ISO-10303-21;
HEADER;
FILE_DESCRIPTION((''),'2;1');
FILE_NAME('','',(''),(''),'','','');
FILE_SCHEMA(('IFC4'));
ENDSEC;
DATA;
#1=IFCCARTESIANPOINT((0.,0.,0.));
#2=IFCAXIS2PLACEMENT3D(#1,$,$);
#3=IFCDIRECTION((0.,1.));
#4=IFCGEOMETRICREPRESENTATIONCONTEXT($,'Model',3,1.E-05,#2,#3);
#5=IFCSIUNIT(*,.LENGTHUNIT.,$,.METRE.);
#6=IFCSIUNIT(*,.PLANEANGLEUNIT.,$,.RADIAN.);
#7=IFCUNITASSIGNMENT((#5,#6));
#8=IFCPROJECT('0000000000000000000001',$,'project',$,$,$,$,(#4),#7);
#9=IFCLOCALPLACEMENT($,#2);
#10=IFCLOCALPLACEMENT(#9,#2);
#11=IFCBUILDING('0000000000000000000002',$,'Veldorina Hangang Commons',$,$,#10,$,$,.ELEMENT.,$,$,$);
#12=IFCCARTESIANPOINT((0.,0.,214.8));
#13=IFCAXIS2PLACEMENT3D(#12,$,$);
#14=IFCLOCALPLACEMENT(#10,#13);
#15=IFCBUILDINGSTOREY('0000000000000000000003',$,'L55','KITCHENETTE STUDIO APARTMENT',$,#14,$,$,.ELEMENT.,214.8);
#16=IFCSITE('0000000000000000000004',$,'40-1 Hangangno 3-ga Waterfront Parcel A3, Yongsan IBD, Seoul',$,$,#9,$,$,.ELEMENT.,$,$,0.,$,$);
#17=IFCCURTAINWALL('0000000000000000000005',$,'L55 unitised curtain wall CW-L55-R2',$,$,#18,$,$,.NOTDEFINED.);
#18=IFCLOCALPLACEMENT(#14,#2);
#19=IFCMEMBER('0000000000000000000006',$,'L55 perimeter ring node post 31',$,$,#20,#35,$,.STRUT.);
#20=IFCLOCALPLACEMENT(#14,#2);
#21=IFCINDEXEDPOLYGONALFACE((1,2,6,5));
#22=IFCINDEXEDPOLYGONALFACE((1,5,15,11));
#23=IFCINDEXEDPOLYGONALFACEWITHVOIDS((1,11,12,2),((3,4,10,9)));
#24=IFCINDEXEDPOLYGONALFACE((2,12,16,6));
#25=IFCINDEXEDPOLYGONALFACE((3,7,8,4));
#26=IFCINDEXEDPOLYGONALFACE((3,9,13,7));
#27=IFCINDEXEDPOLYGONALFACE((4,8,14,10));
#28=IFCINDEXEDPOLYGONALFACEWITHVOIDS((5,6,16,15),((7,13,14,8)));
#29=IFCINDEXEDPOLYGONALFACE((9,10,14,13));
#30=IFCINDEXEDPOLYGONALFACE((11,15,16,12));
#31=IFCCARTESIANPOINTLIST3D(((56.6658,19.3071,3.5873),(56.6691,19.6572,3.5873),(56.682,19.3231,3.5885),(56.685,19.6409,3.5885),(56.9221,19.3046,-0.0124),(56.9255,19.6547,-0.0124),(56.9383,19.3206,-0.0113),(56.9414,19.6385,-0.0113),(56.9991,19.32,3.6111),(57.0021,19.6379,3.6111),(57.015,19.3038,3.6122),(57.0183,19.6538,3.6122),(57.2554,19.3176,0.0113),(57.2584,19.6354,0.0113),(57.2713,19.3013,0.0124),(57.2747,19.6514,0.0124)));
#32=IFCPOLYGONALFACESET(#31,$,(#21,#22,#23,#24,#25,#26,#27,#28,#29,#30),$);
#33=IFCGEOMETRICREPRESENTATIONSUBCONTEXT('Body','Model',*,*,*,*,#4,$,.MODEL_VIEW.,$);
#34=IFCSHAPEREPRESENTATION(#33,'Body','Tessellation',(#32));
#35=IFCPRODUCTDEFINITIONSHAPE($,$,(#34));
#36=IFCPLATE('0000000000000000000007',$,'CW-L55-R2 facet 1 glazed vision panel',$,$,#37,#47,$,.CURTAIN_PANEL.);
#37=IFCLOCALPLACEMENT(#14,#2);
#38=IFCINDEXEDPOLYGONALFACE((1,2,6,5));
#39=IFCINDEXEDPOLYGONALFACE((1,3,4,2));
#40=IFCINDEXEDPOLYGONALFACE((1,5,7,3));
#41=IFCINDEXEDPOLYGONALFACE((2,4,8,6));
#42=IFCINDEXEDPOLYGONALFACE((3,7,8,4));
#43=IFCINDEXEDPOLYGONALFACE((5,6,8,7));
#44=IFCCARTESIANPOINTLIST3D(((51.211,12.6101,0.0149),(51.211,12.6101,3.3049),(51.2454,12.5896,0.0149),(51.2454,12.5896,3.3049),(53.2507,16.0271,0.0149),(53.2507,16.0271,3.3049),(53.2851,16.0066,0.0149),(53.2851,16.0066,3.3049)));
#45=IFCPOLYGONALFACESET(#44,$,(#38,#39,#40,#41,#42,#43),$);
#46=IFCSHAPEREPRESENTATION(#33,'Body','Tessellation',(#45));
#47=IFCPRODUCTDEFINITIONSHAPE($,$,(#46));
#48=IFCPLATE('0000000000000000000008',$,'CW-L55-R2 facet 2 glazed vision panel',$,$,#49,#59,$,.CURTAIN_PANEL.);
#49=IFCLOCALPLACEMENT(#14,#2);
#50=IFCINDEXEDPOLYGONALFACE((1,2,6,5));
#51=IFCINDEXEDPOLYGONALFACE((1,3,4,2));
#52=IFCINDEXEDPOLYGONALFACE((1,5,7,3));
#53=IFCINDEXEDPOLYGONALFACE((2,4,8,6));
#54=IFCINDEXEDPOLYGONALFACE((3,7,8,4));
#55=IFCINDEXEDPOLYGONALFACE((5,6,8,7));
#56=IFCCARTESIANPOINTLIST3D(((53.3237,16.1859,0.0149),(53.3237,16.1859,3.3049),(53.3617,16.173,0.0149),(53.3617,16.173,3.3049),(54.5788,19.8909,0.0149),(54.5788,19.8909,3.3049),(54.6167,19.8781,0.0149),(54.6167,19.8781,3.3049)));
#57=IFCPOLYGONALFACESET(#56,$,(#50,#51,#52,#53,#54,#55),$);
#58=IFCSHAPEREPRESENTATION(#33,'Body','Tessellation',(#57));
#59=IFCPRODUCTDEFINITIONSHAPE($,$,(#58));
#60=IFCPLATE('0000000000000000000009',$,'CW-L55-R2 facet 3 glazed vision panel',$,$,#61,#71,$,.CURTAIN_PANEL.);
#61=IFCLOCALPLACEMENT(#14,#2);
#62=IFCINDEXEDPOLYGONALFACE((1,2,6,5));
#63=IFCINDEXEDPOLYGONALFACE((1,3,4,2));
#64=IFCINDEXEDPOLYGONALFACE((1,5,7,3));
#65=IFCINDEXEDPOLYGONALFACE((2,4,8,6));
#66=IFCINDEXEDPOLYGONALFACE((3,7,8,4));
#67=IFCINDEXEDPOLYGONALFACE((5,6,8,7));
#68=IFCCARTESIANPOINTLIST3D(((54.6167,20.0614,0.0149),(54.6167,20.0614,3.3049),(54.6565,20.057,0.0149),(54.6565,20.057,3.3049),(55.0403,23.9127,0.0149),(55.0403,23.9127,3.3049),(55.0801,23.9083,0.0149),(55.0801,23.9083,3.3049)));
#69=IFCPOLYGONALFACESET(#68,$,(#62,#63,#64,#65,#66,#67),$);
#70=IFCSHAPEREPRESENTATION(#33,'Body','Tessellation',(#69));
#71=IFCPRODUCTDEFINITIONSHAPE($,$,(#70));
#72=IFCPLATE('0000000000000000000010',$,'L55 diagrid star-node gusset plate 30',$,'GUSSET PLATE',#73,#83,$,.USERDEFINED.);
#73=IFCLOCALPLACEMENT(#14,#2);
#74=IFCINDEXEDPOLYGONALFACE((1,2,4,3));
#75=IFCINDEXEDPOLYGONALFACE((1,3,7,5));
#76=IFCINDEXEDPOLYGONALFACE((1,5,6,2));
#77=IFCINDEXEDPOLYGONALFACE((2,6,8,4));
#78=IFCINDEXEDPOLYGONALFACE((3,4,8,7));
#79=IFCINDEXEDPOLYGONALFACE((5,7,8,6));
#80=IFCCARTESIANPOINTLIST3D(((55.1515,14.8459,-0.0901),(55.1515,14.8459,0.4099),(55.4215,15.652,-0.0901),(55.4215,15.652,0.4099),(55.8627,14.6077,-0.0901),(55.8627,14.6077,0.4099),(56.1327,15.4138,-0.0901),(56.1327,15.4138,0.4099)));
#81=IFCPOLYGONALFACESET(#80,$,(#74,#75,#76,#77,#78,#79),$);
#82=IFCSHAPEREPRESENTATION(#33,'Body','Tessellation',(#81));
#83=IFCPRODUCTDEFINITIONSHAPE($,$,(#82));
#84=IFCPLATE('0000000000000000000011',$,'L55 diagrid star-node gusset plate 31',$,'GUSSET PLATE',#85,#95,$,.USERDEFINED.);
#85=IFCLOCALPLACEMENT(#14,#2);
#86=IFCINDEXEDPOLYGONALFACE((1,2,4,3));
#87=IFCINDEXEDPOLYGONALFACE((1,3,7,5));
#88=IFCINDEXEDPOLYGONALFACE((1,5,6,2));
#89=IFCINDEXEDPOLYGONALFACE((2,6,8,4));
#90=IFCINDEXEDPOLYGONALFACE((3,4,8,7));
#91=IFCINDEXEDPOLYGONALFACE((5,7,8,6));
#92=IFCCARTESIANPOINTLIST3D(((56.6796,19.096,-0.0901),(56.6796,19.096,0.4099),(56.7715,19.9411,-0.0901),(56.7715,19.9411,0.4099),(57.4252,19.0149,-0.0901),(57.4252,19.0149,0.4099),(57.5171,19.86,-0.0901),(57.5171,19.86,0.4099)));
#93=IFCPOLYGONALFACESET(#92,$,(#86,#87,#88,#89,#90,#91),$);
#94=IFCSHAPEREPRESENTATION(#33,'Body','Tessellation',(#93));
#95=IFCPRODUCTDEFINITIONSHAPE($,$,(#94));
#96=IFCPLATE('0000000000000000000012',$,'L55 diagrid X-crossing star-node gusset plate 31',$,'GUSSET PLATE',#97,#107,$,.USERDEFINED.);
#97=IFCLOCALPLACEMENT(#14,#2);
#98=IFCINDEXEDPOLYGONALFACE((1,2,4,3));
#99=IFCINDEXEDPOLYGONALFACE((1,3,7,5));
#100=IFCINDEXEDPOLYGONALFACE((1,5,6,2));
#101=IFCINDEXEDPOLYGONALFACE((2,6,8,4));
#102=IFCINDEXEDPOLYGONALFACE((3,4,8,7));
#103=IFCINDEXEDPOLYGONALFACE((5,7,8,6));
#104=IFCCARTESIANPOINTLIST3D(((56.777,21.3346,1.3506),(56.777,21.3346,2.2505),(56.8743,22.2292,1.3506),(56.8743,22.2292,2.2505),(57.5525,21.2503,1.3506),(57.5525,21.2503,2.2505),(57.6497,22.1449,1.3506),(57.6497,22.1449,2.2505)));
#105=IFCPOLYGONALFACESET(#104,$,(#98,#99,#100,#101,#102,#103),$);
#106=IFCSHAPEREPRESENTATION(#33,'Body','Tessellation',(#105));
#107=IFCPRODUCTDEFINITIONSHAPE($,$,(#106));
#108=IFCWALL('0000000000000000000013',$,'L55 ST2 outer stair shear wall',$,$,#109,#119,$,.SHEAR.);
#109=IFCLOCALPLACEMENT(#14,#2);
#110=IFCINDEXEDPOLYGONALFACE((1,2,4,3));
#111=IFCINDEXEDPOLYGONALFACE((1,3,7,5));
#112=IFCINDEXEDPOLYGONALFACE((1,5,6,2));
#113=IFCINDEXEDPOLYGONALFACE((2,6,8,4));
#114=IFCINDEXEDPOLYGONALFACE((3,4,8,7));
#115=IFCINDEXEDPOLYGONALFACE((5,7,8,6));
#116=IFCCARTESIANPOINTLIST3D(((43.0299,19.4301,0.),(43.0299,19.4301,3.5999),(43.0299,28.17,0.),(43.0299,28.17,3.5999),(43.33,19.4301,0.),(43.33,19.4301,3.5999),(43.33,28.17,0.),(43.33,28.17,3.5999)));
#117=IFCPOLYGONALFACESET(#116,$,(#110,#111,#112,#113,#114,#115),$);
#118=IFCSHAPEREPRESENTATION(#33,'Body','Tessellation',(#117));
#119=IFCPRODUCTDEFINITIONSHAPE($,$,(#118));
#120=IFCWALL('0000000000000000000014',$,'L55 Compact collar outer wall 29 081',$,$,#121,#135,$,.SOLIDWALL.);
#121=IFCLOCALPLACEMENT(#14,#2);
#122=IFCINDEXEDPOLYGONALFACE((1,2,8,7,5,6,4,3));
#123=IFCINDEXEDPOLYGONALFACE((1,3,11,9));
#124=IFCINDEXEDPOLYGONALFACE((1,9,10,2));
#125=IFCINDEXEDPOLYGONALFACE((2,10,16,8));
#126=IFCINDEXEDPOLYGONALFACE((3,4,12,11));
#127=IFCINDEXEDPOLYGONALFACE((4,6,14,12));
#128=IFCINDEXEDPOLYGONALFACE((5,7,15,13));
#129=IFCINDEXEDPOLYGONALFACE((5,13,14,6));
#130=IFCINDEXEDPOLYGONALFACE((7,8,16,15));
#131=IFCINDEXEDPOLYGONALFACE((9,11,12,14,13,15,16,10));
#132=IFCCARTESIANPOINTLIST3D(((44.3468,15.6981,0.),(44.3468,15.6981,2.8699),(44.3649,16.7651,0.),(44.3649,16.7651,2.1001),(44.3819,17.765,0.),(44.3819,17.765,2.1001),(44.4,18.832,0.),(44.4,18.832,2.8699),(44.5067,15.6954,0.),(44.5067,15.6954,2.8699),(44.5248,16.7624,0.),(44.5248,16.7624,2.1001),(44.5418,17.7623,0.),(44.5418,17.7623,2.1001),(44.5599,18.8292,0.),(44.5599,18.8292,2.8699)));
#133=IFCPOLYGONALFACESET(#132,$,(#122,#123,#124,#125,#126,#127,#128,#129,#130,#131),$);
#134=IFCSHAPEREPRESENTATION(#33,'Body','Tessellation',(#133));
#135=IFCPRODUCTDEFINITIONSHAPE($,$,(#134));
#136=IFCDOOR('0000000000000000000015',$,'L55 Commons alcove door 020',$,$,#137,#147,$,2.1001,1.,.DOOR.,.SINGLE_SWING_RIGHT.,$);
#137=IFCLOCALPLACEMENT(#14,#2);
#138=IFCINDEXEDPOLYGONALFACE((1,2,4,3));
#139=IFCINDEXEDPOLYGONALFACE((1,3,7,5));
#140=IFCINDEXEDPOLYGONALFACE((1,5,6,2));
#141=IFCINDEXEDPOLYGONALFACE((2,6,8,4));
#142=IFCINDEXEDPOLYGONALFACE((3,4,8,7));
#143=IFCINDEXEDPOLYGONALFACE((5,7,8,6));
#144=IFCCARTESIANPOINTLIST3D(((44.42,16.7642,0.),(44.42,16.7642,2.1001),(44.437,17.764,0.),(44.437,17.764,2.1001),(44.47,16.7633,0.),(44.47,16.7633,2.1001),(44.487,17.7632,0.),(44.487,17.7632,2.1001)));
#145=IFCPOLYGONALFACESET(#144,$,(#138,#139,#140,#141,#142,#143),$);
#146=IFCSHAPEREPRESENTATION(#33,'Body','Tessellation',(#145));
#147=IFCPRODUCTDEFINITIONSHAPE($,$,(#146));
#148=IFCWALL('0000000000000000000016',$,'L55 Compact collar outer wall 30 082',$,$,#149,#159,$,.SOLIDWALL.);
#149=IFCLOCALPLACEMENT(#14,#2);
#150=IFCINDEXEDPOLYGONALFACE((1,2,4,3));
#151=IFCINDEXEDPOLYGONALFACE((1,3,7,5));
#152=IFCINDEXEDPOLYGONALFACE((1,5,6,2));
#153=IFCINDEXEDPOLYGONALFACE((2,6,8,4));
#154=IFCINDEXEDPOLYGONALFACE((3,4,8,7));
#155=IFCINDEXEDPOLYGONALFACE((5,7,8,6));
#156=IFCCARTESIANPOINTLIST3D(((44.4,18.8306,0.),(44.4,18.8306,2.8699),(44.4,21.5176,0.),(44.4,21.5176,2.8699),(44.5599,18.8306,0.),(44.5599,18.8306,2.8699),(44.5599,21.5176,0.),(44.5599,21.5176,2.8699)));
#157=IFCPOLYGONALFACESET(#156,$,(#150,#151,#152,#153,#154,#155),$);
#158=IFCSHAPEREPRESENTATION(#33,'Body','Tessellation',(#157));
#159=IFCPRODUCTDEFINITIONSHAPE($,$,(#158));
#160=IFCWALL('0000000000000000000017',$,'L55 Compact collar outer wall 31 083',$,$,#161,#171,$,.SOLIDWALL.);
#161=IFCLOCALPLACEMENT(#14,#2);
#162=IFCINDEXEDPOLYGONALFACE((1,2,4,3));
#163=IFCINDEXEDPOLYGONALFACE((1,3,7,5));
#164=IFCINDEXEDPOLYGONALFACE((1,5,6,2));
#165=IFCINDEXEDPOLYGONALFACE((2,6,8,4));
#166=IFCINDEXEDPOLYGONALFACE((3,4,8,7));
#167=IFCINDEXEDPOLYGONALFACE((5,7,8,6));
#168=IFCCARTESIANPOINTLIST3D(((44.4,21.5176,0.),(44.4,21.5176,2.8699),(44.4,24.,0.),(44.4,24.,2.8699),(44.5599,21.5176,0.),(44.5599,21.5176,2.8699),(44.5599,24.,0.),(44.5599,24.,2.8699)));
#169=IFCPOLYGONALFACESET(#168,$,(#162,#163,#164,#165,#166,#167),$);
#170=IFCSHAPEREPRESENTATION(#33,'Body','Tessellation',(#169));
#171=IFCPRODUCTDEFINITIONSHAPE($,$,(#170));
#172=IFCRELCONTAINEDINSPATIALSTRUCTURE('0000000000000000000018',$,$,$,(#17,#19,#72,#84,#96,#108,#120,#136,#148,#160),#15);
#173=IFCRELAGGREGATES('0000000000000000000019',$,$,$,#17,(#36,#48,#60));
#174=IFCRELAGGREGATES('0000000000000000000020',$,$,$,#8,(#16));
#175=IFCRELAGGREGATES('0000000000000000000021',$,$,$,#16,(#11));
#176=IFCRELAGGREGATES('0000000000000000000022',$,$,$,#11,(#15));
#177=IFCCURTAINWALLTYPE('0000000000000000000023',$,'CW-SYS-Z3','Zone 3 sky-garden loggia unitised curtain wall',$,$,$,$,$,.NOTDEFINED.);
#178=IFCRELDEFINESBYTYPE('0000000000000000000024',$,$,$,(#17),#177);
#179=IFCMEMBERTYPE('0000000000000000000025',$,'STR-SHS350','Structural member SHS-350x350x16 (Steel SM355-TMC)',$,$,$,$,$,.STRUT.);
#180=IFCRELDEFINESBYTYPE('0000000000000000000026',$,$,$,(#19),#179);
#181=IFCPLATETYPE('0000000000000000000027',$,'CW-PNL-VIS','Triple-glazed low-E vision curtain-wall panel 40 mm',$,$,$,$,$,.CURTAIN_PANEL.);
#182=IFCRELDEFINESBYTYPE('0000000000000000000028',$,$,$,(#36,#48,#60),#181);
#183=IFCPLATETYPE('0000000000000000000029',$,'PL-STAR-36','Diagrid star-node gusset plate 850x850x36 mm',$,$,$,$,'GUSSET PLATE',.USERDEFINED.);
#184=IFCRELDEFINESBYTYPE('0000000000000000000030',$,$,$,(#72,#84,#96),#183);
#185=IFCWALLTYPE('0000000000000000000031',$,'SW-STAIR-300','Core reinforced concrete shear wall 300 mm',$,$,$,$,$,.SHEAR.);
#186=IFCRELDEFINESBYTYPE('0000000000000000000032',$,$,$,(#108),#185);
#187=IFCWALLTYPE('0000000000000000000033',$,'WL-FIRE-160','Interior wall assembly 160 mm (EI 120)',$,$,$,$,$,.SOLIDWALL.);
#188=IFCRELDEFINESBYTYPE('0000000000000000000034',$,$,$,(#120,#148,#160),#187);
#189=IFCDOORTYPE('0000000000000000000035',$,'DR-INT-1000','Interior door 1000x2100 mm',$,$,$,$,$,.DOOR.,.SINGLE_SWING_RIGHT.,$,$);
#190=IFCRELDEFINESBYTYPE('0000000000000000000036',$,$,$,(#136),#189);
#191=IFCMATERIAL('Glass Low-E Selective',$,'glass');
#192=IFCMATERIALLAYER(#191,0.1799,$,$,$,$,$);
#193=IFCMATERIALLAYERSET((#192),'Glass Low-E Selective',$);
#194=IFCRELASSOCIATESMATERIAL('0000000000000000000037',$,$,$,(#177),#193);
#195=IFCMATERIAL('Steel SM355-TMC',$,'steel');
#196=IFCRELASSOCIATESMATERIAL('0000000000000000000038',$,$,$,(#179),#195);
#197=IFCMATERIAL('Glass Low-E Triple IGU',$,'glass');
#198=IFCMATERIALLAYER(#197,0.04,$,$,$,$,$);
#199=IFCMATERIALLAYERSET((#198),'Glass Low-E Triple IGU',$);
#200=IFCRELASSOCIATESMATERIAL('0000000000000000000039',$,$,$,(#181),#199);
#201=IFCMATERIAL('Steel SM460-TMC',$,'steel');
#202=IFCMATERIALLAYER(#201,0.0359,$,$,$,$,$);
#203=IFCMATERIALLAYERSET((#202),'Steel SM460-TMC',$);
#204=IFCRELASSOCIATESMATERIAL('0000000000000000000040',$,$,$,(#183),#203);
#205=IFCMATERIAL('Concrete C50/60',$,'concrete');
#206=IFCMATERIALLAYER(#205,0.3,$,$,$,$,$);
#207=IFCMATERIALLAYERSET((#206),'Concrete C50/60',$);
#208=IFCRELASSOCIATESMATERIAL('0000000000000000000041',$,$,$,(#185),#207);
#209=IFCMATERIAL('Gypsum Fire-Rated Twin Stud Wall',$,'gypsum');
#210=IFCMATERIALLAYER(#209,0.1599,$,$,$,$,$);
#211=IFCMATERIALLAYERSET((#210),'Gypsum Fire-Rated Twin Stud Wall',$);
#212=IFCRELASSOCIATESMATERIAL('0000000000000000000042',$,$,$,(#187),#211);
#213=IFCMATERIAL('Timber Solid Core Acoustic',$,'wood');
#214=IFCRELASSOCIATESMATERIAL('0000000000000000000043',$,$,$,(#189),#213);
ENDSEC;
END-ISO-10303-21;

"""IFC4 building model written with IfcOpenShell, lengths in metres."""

from ifc_helpers import new_model, si_unit, direction, frame, frame_2d, origin, origin_2d, place, context, subcontext, project, spatial, rectangle, hollow_rectangle, extrude, material, layer, layer_set, material_profile, profile_set, type_object, element, fill, aggregate, save


model = new_model("IFC4")

# Units and contexts
model_context = context("Model", 3, precision=1e-05, world=origin(), true_north=direction((0.0, 1.0)))
body_context = subcontext(model_context, "Body", "Model", "MODEL_VIEW")
ifc_project = project(units=[si_unit("LENGTHUNIT", "METRE"), si_unit("PLANEANGLEUNIT", "RADIAN")], contexts=[model_context])

# Site, building, storey
site_placement = place(None, origin())
site = spatial("IfcSite", under=ifc_project, at=site_placement, Name="40-1 Hangangno 3-ga Waterfront Parcel A3, Yongsan IBD, Seoul", CompositionType="ELEMENT", RefElevation=0.0)
building_placement = place(site_placement, origin())
building = spatial("IfcBuilding", under=site, at=building_placement, Name="Veldorina Hangang Commons", CompositionType="ELEMENT")
storey_placement = place(building_placement, frame((0.0, 0.0, 214.8)))
storey = spatial("IfcBuildingStorey", under=building, at=storey_placement, Name="L55", Description="KITCHENETTE STUDIO APARTMENT", CompositionType="ELEMENT", Elevation=214.8)

# Shared definitions
ifc_material_1 = material(Name="Steel SM355-TMC", Category="steel")

# Curtain wall
ifc_material_2 = material(Name="Glass Low-E Selective", Category="glass")
ifc_layer_1 = layer(ifc_material_2, 0.1799)
ifc_layer_set_1 = layer_set([ifc_layer_1], Name="Glass Low-E Selective")
curtain_wall_type = type_object("IfcCurtainWallType", Name="CW-SYS-Z3", Description="Zone 3 sky-garden loggia unitised curtain wall", PredefinedType="NOTDEFINED", material=ifc_layer_set_1)
curtain_wall_placement = place(storey_placement, origin())
curtain_wall = element("IfcCurtainWall", 1, at=curtain_wall_placement, inside=storey, type_object=curtain_wall_type, Name="L55 unitised curtain wall CW-L55-R2", PredefinedType="NOTDEFINED")

# Member
ifc_material_profile_1 = material_profile(ifc_material_1, hollow_rectangle(XDim=0.3501, YDim=0.3501, WallThickness=0.0161, at=origin_2d()), Name="SHS-350x350x16")
ifc_profile_set_1 = profile_set([ifc_material_profile_1], Name="Steel SM355-TMC")
member_type_1 = type_object("IfcMemberType", Name="STR-SHS350", Description="Structural member SHS-350x350x16 (Steel SM355-TMC)", PredefinedType="STRUT", material=ifc_profile_set_1)
member_1_placement = place(storey_placement, frame((57.0984, 19.478, 0.0), z_axis=(-0.071031, 0.000676, 0.997474), x_axis=(-0.009523, -0.999955, 0.0)))
element("IfcMember", 2, at=member_1_placement, inside=storey, type_object=member_type_1, Name="L55 perimeter ring node post 31", PredefinedType="STRUT", context=body_context, shape_type="SweptSolid", body=[
    extrude(hollow_rectangle(XDim=0.3501, YDim=0.3501, WallThickness=0.0161, at=origin_2d()), origin(), (0.0, 0.0, 1.0), 3.6089),
])

# Plates
ifc_material_3 = material(Name="Glass Low-E Triple IGU", Category="glass")
ifc_layer_2 = layer(ifc_material_3, 0.04)
ifc_layer_set_2 = layer_set([ifc_layer_2], Name="Glass Low-E Triple IGU")
plate_type_1 = type_object("IfcPlateType", Name="CW-PNL-VIS", Description="Triple-glazed low-E vision curtain-wall panel 40 mm", PredefinedType="CURTAIN_PANEL", material=ifc_layer_set_2)
plate_1_placement = place(storey_placement, frame((52.248, 14.3083, 0.0149), z_axis=(0.0, 0.0, 1.0), x_axis=(0.512538, 0.858665, 0.0)))
plate_1 = element("IfcPlate", 3, at=plate_1_placement, type_object=plate_type_1, Name="CW-L55-R2 facet 1 glazed vision panel", PredefinedType="CURTAIN_PANEL", context=body_context, shape_type="SweptSolid", body=[
    extrude(rectangle(XDim=3.9795, YDim=0.04, at=origin_2d()), origin(), (0.0, 0.0, 1.0), 3.29),
])
plate_2_placement = place(storey_placement, frame((53.9702, 18.032, 0.0149), z_axis=(0.0, 0.0, 1.0), x_axis=(0.320828, 0.947138, 0.0)))
plate_2 = element("IfcPlate", 4, at=plate_2_placement, type_object=plate_type_1, Name="CW-L55-R2 facet 2 glazed vision panel", PredefinedType="CURTAIN_PANEL", context=body_context, shape_type="SweptSolid", body=[
    extrude(rectangle(XDim=3.9119, YDim=0.04, at=origin_2d()), origin(), (0.0, 0.0, 1.0), 3.29),
])
plate_3_placement = place(storey_placement, frame((54.8484, 21.9849, 0.0149), z_axis=(0.0, 0.0, 1.0), x_axis=(0.109335, 0.994005, 0.0)))
plate_3 = element("IfcPlate", 5, at=plate_3_placement, type_object=plate_type_1, Name="CW-L55-R2 facet 3 glazed vision panel", PredefinedType="CURTAIN_PANEL", context=body_context, shape_type="SweptSolid", body=[
    extrude(rectangle(XDim=3.8745, YDim=0.04, at=origin_2d()), origin(), (0.0, 0.0, 1.0), 3.29),
])
aggregate(curtain_wall, [plate_1, plate_2, plate_3])

# Plates
ifc_material_4 = material(Name="Steel SM460-TMC", Category="steel")
ifc_layer_3 = layer(ifc_material_4, 0.0359)
ifc_layer_set_3 = layer_set([ifc_layer_3], Name="Steel SM460-TMC")
plate_type_2 = type_object("IfcPlateType", Name="PL-STAR-36", Description="Diagrid star-node gusset plate 850x850x36 mm", ElementType="GUSSET PLATE", PredefinedType="USERDEFINED", material=ifc_layer_set_3)
for number, where, z_axis, x_axis, name in (
    (6, (55.6421, 15.1299, -0.0901), (0.0, 0.0, 1.0), (0.317569, 0.948235, 0.0), "L55 diagrid star-node gusset plate 30"),
    (7, (57.0984, 19.478, -0.0901), (0.0, 0.0, 1.0), (0.108103, 0.99414, 0.0), "L55 diagrid star-node gusset plate 31"),
):
    element("IfcPlate", number, at=place(storey_placement, frame(where, z_axis=z_axis, x_axis=x_axis)), inside=storey, type_object=plate_type_2, Name=name, ObjectType="GUSSET PLATE", PredefinedType="USERDEFINED", context=body_context, shape_type="SweptSolid", body=[
        extrude(rectangle(XDim=0.8501, YDim=0.75, at=origin_2d()), origin(), (0.0, 0.0, 1.0), 0.5),
    ])
plate_4_placement = place(storey_placement, frame((57.2134, 21.7397, 1.3506), z_axis=(0.0, 0.0, 1.0), x_axis=(0.108103, 0.99414, 0.0)))
element("IfcPlate", 8, at=plate_4_placement, inside=storey, type_object=plate_type_2, Name="L55 diagrid X-crossing star-node gusset plate 31", ObjectType="GUSSET PLATE", PredefinedType="USERDEFINED", context=body_context, shape_type="SweptSolid", body=[
    extrude(rectangle(XDim=0.8999, YDim=0.78, at=origin_2d()), origin(), (0.0, 0.0, 1.0), 0.8999),
])

# Wall
ifc_material_5 = material(Name="Concrete C50/60", Category="concrete")
ifc_layer_4 = layer(ifc_material_5, 0.3)
ifc_layer_set_4 = layer_set([ifc_layer_4], Name="Concrete C50/60")
wall_type_1 = type_object("IfcWallType", Name="SW-STAIR-300", Description="Core reinforced concrete shear wall 300 mm", PredefinedType="SHEAR", material=ifc_layer_set_4)
wall_1_placement = place(storey_placement, frame((43.1799, 19.4299, 0.0), z_axis=(0.0, 0.0, 1.0), x_axis=(0.0, 1.0, 0.0)))
element("IfcWall", 9, at=wall_1_placement, inside=storey, type_object=wall_type_1, Name="L55 ST2 outer stair shear wall", PredefinedType="SHEAR", context=body_context, shape_type="SweptSolid", body=[
    extrude(rectangle(XDim=8.74, YDim=0.3, at=frame_2d((4.3701, 0.0))), origin(), (0.0, 0.0, 1.0), 3.5999),
])

# Wall, opening, door
ifc_material_6 = material(Name="Gypsum Fire-Rated Twin Stud Wall", Category="gypsum")
ifc_layer_5 = layer(ifc_material_6, 0.1599)
ifc_layer_set_5 = layer_set([ifc_layer_5], Name="Gypsum Fire-Rated Twin Stud Wall")
wall_type_2 = type_object("IfcWallType", Name="WL-FIRE-160", Description="Interior wall assembly 160 mm (EI 120)", PredefinedType="SOLIDWALL", material=ifc_layer_set_5)
wall_2_placement = place(storey_placement, frame((44.4268, 15.6968, 0.0), z_axis=(0.0, 0.0, 1.0), x_axis=(0.016981, 0.999856, 0.0)))
wall_2 = element("IfcWall", 10, at=wall_2_placement, inside=storey, type_object=wall_type_2, Name="L55 Compact collar outer wall 29 081", PredefinedType="SOLIDWALL", context=body_context, shape_type="SweptSolid", body=[
    extrude(rectangle(XDim=3.1343, YDim=0.1599, at=frame_2d((1.5671, 0.0))), origin(), (0.0, 0.0, 1.0), 2.8699),
])
opening_1_placement = place(wall_2_placement, frame((1.0671, 0.0, 0.0)))
opening_1 = element("IfcOpeningElement", 11, at=opening_1_placement, cuts=wall_2, PredefinedType="OPENING", context=body_context, shape_type="SweptSolid", body=[
    extrude(rectangle(XDim=1.0, YDim=2.1001, at=frame_2d((0.5, 1.05))), frame((0.0, 0.0898, 0.0), z_axis=(0.0, -1.0, 0.0), x_axis=(1.0, 0.0, 0.0)), (0.0, 0.0, 1.0), 0.1799),
])
ifc_material_7 = material(Name="Timber Solid Core Acoustic", Category="wood")
door_type_1 = type_object("IfcDoorType", Name="DR-INT-1000", Description="Interior door 1000x2100 mm", OperationType="SINGLE_SWING_RIGHT", PredefinedType="DOOR", material=ifc_material_7)
door_1_placement = place(opening_1_placement, origin())
door_1 = element("IfcDoor", 12, at=door_1_placement, inside=storey, type_object=door_type_1, Name="L55 Commons alcove door 020", OperationType="SINGLE_SWING_RIGHT", OverallHeight=2.1001, OverallWidth=1.0, PredefinedType="DOOR", context=body_context, shape_type="SweptSolid", body=[
    extrude(rectangle(XDim=1.0, YDim=2.1001, at=frame_2d((0.5, 1.05))), frame((0.0, 0.0249, 0.0), z_axis=(0.0, -1.0, 0.0), x_axis=(1.0, 0.0, 0.0)), (0.0, 0.0, 1.0), 0.05),
])
fill(opening_1, door_1)

# Walls
wall_3_placement = place(storey_placement, frame((44.48, 18.8306, 0.0), z_axis=(0.0, 0.0, 1.0), x_axis=(0.0, 1.0, 0.0)))
element("IfcWall", 13, at=wall_3_placement, inside=storey, type_object=wall_type_2, Name="L55 Compact collar outer wall 30 082", PredefinedType="SOLIDWALL", context=body_context, shape_type="SweptSolid", body=[
    extrude(rectangle(XDim=2.687, YDim=0.1599, at=frame_2d((1.3435, 0.0))), origin(), (0.0, 0.0, 1.0), 2.8699),
])
wall_4_placement = place(storey_placement, frame((44.48, 21.5176, 0.0), z_axis=(0.0, 0.0, 1.0), x_axis=(0.0, 1.0, 0.0)))
element("IfcWall", 14, at=wall_4_placement, inside=storey, type_object=wall_type_2, Name="L55 Compact collar outer wall 31 083", PredefinedType="SOLIDWALL", context=body_context, shape_type="SweptSolid", body=[
    extrude(rectangle(XDim=2.4824, YDim=0.1599, at=frame_2d((1.2412, 0.0))), origin(), (0.0, 0.0, 1.0), 2.8699),
])

save(model, "model.ifc")
